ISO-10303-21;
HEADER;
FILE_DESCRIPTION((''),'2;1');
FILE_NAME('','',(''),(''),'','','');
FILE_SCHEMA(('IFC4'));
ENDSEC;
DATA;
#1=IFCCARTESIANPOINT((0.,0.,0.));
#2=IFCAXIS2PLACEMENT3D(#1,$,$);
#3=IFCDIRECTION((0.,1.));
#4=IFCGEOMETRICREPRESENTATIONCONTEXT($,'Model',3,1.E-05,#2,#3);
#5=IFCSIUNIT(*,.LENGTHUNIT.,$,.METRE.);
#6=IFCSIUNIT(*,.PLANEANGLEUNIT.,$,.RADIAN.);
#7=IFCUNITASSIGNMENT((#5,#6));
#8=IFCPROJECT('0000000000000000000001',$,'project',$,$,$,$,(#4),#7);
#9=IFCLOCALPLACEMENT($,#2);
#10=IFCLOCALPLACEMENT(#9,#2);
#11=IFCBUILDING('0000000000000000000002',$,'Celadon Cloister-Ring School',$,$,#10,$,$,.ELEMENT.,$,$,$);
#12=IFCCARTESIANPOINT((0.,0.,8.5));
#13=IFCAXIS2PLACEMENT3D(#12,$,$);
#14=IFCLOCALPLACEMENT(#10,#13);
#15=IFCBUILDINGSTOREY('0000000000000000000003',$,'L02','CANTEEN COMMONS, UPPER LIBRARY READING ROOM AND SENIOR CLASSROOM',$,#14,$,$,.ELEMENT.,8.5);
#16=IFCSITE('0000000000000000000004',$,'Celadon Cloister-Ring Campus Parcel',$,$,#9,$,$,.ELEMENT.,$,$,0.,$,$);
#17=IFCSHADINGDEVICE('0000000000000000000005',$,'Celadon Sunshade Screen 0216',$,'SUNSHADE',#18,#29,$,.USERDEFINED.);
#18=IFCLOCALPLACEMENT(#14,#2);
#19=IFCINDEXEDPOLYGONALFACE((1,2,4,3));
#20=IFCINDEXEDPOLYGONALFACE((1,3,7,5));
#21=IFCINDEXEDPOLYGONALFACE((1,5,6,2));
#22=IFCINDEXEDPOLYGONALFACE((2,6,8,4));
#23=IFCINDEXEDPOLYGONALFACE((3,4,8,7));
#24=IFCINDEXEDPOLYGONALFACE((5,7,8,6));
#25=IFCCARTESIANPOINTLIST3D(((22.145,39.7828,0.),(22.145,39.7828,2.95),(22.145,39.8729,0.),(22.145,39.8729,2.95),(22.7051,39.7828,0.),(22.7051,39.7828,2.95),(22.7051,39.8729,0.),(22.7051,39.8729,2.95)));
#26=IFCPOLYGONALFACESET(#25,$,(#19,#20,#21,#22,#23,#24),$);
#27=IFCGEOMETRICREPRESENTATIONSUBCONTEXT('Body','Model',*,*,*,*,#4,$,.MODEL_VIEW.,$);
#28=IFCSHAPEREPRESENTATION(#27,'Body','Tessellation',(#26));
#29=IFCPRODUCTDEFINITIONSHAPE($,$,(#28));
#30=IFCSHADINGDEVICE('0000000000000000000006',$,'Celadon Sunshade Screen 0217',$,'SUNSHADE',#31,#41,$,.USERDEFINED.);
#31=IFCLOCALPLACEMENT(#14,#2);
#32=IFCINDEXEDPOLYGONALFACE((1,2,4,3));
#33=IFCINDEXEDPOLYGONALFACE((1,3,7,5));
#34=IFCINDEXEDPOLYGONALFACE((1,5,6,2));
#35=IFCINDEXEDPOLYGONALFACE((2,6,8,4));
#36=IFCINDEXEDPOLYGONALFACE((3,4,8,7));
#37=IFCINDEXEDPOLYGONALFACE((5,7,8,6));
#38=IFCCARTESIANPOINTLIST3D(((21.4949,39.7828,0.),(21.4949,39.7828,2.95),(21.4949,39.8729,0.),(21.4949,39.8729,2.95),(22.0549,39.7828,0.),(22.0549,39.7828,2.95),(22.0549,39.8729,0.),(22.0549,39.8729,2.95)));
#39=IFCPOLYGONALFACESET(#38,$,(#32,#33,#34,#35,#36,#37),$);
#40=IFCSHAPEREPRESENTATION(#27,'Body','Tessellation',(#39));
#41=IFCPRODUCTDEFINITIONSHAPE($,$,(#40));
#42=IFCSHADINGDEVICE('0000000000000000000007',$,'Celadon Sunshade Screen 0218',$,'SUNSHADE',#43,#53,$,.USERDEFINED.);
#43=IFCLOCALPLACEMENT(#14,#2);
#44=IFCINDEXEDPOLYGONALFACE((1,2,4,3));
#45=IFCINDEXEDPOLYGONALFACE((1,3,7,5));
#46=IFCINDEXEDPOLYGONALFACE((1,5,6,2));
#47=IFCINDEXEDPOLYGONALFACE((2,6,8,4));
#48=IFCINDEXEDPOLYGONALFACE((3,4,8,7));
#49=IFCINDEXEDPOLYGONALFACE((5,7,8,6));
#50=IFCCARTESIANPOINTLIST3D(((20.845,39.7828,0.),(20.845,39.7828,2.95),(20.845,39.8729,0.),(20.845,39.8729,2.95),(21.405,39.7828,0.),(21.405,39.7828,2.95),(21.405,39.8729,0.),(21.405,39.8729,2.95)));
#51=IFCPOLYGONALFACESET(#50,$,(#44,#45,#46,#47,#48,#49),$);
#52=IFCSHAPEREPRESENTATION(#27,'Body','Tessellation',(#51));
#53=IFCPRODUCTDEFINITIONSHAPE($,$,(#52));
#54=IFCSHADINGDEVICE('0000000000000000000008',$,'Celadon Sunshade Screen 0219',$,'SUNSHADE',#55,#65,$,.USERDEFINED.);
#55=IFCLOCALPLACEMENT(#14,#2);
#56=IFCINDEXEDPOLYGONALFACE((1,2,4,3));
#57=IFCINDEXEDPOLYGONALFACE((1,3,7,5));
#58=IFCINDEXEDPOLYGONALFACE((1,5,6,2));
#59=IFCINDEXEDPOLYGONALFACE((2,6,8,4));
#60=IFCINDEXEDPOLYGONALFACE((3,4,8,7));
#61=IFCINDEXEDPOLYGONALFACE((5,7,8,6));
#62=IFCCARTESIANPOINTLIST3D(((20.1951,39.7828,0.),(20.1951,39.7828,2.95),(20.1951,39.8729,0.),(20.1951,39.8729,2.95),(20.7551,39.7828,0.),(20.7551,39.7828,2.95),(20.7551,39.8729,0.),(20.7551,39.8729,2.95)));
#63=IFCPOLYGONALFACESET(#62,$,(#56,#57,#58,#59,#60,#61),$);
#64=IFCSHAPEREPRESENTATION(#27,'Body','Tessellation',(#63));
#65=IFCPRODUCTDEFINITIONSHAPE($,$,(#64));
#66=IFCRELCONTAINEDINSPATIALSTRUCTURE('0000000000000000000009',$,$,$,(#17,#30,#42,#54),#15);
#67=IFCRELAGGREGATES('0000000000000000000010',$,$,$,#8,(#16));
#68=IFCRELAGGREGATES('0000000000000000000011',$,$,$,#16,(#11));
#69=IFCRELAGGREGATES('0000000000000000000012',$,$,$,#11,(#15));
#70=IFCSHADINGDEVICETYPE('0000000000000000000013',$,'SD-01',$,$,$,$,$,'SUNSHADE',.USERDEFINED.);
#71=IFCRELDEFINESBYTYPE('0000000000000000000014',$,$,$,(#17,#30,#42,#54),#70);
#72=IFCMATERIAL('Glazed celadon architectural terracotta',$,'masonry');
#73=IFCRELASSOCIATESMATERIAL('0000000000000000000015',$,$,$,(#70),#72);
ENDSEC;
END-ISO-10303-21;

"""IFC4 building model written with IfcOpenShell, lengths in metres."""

from ifc_helpers import new_model, si_unit, direction, frame, origin, origin_2d, place, context, subcontext, project, spatial, rectangle, extrude, material, type_object, element, save


model = new_model("IFC4")

# Units and contexts
model_context = context("Model", 3, precision=1e-05, world=origin(), true_north=direction((0.0, 1.0)))
body_context = subcontext(model_context, "Body", "Model", "MODEL_VIEW")
ifc_project = project(units=[si_unit("LENGTHUNIT", "METRE"), si_unit("PLANEANGLEUNIT", "RADIAN")], contexts=[model_context])

# Site, building, storey
site_placement = place(None, origin())
site = spatial("IfcSite", under=ifc_project, at=site_placement, Name="Celadon Cloister-Ring Campus Parcel", CompositionType="ELEMENT", RefElevation=0.0)
building_placement = place(site_placement, origin())
building = spatial("IfcBuilding", under=site, at=building_placement, Name="Celadon Cloister-Ring School", CompositionType="ELEMENT")
storey_placement = place(building_placement, frame((0.0, 0.0, 8.5)))
storey = spatial("IfcBuildingStorey", under=building, at=storey_placement, Name="L02", Description="CANTEEN COMMONS, UPPER LIBRARY READING ROOM AND SENIOR CLASSROOM", CompositionType="ELEMENT", Elevation=8.5)

# Shading devices
ifc_material_1 = material(Name="Glazed celadon architectural terracotta", Category="masonry")
shading_device_type = type_object("IfcShadingDeviceType", Name="SD-01", ElementType="SUNSHADE", PredefinedType="USERDEFINED", material=ifc_material_1)
for number, where, z_axis, x_axis, name in (
    (1, (22.425, 39.8279, 0.0), (0.0, 0.0, 1.0), (-1.0, 0.0, 0.0), "Celadon Sunshade Screen 0216"),
    (2, (21.7749, 39.8279, 0.0), (0.0, 0.0, 1.0), (-1.0, 0.0, 0.0), "Celadon Sunshade Screen 0217"),
    (3, (21.125, 39.8279, 0.0), (0.0, 0.0, 1.0), (-1.0, 0.0, 0.0), "Celadon Sunshade Screen 0218"),
    (4, (20.4751, 39.8279, 0.0), (0.0, 0.0, 1.0), (-1.0, 0.0, 0.0), "Celadon Sunshade Screen 0219"),
):
    element("IfcShadingDevice", number, at=place(storey_placement, frame(where, z_axis=z_axis, x_axis=x_axis)), inside=storey, type_object=shading_device_type, Name=name, ObjectType="SUNSHADE", PredefinedType="USERDEFINED", context=body_context, shape_type="SweptSolid", body=[
        extrude(rectangle(XDim=0.5601, YDim=0.0901, at=origin_2d()), origin(), (0.0, 0.0, 1.0), 2.95),
    ])

save(model, "model.ifc")
